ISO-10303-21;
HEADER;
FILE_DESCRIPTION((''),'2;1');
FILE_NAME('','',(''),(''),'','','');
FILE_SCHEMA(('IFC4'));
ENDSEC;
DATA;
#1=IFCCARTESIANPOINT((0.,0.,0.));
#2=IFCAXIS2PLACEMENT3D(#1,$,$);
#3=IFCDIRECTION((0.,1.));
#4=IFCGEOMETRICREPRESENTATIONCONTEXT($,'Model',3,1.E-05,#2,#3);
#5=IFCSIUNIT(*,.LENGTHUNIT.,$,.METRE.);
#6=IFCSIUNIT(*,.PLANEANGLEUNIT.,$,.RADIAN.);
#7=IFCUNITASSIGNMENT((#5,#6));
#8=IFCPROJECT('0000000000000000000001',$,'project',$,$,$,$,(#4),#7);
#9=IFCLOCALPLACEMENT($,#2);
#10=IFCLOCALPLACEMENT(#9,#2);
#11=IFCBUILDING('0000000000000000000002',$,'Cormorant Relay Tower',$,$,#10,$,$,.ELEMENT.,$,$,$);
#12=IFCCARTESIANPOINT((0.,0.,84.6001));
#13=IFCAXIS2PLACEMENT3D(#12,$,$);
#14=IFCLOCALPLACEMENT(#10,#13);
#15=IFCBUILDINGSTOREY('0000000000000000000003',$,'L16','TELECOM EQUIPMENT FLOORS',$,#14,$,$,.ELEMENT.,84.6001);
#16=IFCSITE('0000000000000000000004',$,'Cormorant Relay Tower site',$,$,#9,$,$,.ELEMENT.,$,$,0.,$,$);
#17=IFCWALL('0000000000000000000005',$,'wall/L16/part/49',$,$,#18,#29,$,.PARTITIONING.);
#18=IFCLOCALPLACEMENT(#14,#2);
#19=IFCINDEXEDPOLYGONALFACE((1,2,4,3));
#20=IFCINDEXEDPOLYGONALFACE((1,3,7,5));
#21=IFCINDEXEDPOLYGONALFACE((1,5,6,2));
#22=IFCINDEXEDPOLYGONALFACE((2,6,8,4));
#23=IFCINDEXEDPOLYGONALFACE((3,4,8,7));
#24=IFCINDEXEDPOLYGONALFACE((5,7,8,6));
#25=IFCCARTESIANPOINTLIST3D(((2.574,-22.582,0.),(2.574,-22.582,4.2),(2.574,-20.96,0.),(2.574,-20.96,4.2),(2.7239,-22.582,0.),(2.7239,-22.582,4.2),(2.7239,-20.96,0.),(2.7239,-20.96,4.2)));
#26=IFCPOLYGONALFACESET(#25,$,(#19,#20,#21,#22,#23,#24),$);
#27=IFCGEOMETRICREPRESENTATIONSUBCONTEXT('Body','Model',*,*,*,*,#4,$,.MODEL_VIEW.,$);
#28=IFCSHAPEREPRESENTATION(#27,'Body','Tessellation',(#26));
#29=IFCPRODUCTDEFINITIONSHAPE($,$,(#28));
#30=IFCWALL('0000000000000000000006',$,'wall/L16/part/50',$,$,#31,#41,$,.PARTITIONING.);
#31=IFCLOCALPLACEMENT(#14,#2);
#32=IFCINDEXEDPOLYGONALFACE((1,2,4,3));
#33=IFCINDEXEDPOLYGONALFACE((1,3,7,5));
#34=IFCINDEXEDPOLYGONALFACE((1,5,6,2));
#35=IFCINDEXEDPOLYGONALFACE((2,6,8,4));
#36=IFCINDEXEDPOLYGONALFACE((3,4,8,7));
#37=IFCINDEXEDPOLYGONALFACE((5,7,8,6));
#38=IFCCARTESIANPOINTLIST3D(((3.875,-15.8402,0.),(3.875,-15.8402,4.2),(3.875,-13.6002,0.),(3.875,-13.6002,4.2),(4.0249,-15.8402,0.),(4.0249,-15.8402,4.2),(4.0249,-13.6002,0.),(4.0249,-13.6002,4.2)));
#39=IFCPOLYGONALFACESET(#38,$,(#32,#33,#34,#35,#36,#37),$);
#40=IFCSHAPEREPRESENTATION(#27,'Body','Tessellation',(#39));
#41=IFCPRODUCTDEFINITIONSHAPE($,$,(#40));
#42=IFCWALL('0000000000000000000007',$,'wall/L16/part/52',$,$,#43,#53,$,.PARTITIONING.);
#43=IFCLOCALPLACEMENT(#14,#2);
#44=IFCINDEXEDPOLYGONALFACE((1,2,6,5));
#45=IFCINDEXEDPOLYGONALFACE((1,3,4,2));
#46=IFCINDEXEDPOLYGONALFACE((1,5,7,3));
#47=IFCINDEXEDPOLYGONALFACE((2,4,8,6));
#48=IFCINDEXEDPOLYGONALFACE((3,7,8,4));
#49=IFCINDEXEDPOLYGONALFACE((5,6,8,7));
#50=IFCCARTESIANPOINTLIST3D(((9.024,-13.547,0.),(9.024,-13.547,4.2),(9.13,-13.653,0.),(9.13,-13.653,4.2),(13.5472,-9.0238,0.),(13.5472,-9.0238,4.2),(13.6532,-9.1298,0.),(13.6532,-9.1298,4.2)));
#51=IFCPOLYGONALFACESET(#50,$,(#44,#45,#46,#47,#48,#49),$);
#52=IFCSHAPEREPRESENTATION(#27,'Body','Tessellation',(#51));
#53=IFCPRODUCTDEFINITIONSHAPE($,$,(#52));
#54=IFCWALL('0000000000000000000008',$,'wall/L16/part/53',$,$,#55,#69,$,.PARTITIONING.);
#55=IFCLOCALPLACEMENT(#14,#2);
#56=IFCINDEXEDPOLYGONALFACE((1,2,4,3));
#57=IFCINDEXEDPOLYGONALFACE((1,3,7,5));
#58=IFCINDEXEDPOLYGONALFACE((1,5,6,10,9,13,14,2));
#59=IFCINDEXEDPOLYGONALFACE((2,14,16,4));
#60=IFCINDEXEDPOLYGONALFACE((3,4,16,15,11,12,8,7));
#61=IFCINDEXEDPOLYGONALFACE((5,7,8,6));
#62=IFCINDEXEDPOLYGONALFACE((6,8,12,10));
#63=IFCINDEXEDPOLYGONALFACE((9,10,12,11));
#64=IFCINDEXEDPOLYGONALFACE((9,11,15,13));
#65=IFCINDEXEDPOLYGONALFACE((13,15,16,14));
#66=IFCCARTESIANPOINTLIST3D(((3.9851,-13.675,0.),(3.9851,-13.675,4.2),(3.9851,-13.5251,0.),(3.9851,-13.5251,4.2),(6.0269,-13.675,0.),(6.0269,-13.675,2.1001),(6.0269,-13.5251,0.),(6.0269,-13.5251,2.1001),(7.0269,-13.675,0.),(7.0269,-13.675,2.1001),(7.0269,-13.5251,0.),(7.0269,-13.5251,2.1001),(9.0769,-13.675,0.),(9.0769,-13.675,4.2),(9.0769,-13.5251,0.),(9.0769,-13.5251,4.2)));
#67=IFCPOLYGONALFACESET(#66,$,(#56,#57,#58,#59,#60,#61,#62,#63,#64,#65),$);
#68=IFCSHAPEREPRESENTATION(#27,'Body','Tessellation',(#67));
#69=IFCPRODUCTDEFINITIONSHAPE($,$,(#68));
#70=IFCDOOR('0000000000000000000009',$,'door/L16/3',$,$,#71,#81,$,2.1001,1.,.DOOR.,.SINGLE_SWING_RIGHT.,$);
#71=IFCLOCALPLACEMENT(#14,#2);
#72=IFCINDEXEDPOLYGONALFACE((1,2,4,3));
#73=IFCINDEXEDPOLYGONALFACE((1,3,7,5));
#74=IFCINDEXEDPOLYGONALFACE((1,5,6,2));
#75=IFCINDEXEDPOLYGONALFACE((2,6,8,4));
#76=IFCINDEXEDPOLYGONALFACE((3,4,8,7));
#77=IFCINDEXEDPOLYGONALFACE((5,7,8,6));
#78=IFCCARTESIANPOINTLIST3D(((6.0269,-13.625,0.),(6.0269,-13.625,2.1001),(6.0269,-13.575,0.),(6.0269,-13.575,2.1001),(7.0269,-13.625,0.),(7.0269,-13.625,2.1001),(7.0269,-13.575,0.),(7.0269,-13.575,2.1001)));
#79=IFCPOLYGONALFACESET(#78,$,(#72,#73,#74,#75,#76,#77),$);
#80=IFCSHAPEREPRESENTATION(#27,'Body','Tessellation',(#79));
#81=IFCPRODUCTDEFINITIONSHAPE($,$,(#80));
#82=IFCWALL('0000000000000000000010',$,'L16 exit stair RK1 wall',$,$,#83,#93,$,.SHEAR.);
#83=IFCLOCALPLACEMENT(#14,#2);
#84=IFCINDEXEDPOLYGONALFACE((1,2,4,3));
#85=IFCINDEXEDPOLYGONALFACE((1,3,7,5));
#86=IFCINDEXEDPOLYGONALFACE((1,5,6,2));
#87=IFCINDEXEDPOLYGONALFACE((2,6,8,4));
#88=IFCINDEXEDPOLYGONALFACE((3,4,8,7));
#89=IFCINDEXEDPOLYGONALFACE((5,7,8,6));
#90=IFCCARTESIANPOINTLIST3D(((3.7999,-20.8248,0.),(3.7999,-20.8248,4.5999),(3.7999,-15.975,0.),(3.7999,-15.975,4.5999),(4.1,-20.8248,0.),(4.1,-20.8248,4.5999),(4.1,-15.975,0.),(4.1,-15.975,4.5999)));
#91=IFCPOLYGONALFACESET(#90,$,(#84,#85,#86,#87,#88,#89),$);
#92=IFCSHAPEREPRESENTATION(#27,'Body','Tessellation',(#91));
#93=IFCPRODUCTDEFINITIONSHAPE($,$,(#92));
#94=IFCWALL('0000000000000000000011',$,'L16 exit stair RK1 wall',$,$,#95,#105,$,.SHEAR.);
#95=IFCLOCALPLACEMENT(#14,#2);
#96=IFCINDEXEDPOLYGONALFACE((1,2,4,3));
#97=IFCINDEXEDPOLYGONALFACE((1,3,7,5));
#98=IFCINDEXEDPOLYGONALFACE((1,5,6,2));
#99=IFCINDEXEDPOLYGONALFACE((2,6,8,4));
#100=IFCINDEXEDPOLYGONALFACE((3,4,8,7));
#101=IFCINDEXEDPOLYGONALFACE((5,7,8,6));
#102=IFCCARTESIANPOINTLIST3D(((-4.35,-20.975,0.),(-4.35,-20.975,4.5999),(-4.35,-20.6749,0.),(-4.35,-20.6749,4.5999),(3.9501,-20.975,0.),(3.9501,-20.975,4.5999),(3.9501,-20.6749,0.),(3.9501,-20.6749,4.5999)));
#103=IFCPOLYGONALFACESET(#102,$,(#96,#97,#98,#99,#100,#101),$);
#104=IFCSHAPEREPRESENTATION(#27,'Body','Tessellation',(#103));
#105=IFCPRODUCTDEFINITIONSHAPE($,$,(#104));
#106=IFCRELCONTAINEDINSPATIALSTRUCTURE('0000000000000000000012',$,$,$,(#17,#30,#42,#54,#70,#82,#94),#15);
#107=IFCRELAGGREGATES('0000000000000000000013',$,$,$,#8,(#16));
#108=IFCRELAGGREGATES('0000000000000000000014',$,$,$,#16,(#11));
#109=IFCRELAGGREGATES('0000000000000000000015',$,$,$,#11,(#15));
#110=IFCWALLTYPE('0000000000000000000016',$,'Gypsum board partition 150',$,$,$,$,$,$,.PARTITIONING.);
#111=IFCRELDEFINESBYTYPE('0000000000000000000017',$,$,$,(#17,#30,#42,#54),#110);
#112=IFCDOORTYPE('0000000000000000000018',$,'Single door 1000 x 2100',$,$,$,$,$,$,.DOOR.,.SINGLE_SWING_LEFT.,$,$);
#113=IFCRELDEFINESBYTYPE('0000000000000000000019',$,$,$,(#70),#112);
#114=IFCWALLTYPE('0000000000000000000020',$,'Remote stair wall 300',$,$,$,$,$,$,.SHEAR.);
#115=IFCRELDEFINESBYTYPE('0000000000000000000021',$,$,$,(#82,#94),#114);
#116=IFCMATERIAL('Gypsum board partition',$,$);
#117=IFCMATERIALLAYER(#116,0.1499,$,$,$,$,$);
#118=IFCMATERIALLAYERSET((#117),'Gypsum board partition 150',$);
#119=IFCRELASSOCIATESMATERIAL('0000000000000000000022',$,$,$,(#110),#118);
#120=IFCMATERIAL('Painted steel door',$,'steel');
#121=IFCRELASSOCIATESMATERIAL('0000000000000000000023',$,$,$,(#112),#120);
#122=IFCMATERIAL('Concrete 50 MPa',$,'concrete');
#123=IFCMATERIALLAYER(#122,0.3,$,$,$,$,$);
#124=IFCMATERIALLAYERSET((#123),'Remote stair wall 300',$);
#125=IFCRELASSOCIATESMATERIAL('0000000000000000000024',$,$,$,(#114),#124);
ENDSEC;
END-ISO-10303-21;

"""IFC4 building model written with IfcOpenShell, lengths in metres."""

from ifc_helpers import new_model, si_unit, direction, frame, frame_2d, origin, place, context, subcontext, project, spatial, rectangle, extrude, material, layer, layer_set, type_object, element, fill, save


model = new_model("IFC4")

# Units and contexts
model_context = context("Model", 3, precision=1e-05, world=origin(), true_north=direction((0.0, 1.0)))
body_context = subcontext(model_context, "Body", "Model", "MODEL_VIEW")
ifc_project = project(units=[si_unit("LENGTHUNIT", "METRE"), si_unit("PLANEANGLEUNIT", "RADIAN")], contexts=[model_context])

# Site, building, storey
site_placement = place(None, origin())
site = spatial("IfcSite", under=ifc_project, at=site_placement, Name="Cormorant Relay Tower site", CompositionType="ELEMENT", RefElevation=0.0)
building_placement = place(site_placement, origin())
building = spatial("IfcBuilding", under=site, at=building_placement, Name="Cormorant Relay Tower", CompositionType="ELEMENT")
storey_placement = place(building_placement, frame((0.0, 0.0, 84.6001)))
storey = spatial("IfcBuildingStorey", under=building, at=storey_placement, Name="L16", Description="TELECOM EQUIPMENT FLOORS", CompositionType="ELEMENT", Elevation=84.6001)

# Walls
ifc_material_1 = material(Name="Gypsum board partition")
ifc_layer_1 = layer(ifc_material_1, 0.1499)
ifc_layer_set_1 = layer_set([ifc_layer_1], Name="Gypsum board partition 150")
wall_type_1 = type_object("IfcWallType", Name="Gypsum board partition 150", PredefinedType="PARTITIONING", material=ifc_layer_set_1)
wall_1_placement = place(storey_placement, frame((2.6489, -22.582, 0.0), z_axis=(0.0, 0.0, 1.0), x_axis=(0.0, 1.0, 0.0)))
element("IfcWall", 1, at=wall_1_placement, inside=storey, type_object=wall_type_1, Name="wall/L16/part/49", PredefinedType="PARTITIONING", context=body_context, shape_type="SweptSolid", body=[
    extrude(rectangle(XDim=1.6221, YDim=0.1499, at=frame_2d((0.811, 0.0))), origin(), (0.0, 0.0, 1.0), 4.2),
])
wall_2_placement = place(storey_placement, frame((3.95, -13.6001, 0.0), z_axis=(0.0, 0.0, 1.0), x_axis=(0.0, -1.0, 0.0)))
element("IfcWall", 2, at=wall_2_placement, inside=storey, type_object=wall_type_1, Name="wall/L16/part/50", PredefinedType="PARTITIONING", context=body_context, shape_type="SweptSolid", body=[
    extrude(rectangle(XDim=2.24, YDim=0.1499, at=frame_2d((1.1201, 0.0))), origin(), (0.0, 0.0, 1.0), 4.2),
])
wall_3_placement = place(storey_placement, frame((13.6001, -9.0769, 0.0), z_axis=(0.0, 0.0, 1.0), x_axis=(-0.707107, -0.707107, 0.0)))
element("IfcWall", 3, at=wall_3_placement, inside=storey, type_object=wall_type_1, Name="wall/L16/part/52", PredefinedType="PARTITIONING", context=body_context, shape_type="SweptSolid", body=[
    extrude(rectangle(XDim=6.3967, YDim=0.1499, at=frame_2d((3.1982, 0.0))), origin(), (0.0, 0.0, 1.0), 4.2),
])

# Wall, opening, door
wall_4_placement = place(storey_placement, frame((9.0769, -13.6001, 0.0), z_axis=(0.0, 0.0, 1.0), x_axis=(-1.0, 0.0, 0.0)))
wall_4 = element("IfcWall", 4, at=wall_4_placement, inside=storey, type_object=wall_type_1, Name="wall/L16/part/53", PredefinedType="PARTITIONING", context=body_context, shape_type="SweptSolid", body=[
    extrude(rectangle(XDim=5.0918, YDim=0.1499, at=frame_2d((2.5459, 0.0))), origin(), (0.0, 0.0, 1.0), 4.2),
])
opening_placement = place(wall_4_placement, frame((2.05, 0.0, 0.0)))
opening = element("IfcOpeningElement", 5, at=opening_placement, cuts=wall_4, PredefinedType="OPENING", context=body_context, shape_type="SweptSolid", body=[
    extrude(rectangle(XDim=1.0, YDim=2.1001, at=frame_2d((0.5, 1.05))), frame((0.0, 0.085, 0.0), z_axis=(0.0, -1.0, 0.0), x_axis=(1.0, 0.0, 0.0)), (0.0, 0.0, 1.0), 0.1699),
])
ifc_material_2 = material(Name="Painted steel door", Category="steel")
door_type = type_object("IfcDoorType", Name="Single door 1000 x 2100", OperationType="SINGLE_SWING_LEFT", PredefinedType="DOOR", material=ifc_material_2)
door_placement = place(opening_placement, origin())
door = element("IfcDoor", 6, at=door_placement, inside=storey, type_object=door_type, Name="door/L16/3", OperationType="SINGLE_SWING_RIGHT", OverallHeight=2.1001, OverallWidth=1.0, PredefinedType="DOOR", context=body_context, shape_type="SweptSolid", body=[
    extrude(rectangle(XDim=1.0, YDim=2.1001, at=frame_2d((0.5, 1.05))), frame((0.0, 0.0249, 0.0), z_axis=(0.0, -1.0, 0.0), x_axis=(1.0, 0.0, 0.0)), (0.0, 0.0, 1.0), 0.05),
])
fill(opening, door)

# Walls
ifc_material_3 = material(Name="Concrete 50 MPa", Category="concrete")
ifc_layer_2 = layer(ifc_material_3, 0.3)
ifc_layer_set_2 = layer_set([ifc_layer_2], Name="Remote stair wall 300")
wall_type_2 = type_object("IfcWallType", Name="Remote stair wall 300", PredefinedType="SHEAR", material=ifc_layer_set_2)
wall_5_placement = place(storey_placement, frame((3.95, -15.9751, 0.0), z_axis=(0.0, 0.0, 1.0), x_axis=(0.0, -1.0, 0.0)))
element("IfcWall", 7, at=wall_5_placement, inside=storey, type_object=wall_type_2, Name="L16 exit stair RK1 wall", PredefinedType="SHEAR", context=body_context, shape_type="SweptSolid", body=[
    extrude(rectangle(XDim=4.8499, YDim=0.3, at=frame_2d((2.4248, 0.0))), origin(), (0.0, 0.0, 1.0), 4.5999),
])
wall_6_placement = place(storey_placement, frame((3.95, -20.825, 0.0), z_axis=(0.0, 0.0, 1.0), x_axis=(-1.0, 0.0, 0.0)))
element("IfcWall", 8, at=wall_6_placement, inside=storey, type_object=wall_type_2, Name="L16 exit stair RK1 wall", PredefinedType="SHEAR", context=body_context, shape_type="SweptSolid", body=[
    extrude(rectangle(XDim=8.3, YDim=0.3, at=frame_2d((4.1499, 0.0))), origin(), (0.0, 0.0, 1.0), 4.5999),
])

save(model, "model.ifc")
